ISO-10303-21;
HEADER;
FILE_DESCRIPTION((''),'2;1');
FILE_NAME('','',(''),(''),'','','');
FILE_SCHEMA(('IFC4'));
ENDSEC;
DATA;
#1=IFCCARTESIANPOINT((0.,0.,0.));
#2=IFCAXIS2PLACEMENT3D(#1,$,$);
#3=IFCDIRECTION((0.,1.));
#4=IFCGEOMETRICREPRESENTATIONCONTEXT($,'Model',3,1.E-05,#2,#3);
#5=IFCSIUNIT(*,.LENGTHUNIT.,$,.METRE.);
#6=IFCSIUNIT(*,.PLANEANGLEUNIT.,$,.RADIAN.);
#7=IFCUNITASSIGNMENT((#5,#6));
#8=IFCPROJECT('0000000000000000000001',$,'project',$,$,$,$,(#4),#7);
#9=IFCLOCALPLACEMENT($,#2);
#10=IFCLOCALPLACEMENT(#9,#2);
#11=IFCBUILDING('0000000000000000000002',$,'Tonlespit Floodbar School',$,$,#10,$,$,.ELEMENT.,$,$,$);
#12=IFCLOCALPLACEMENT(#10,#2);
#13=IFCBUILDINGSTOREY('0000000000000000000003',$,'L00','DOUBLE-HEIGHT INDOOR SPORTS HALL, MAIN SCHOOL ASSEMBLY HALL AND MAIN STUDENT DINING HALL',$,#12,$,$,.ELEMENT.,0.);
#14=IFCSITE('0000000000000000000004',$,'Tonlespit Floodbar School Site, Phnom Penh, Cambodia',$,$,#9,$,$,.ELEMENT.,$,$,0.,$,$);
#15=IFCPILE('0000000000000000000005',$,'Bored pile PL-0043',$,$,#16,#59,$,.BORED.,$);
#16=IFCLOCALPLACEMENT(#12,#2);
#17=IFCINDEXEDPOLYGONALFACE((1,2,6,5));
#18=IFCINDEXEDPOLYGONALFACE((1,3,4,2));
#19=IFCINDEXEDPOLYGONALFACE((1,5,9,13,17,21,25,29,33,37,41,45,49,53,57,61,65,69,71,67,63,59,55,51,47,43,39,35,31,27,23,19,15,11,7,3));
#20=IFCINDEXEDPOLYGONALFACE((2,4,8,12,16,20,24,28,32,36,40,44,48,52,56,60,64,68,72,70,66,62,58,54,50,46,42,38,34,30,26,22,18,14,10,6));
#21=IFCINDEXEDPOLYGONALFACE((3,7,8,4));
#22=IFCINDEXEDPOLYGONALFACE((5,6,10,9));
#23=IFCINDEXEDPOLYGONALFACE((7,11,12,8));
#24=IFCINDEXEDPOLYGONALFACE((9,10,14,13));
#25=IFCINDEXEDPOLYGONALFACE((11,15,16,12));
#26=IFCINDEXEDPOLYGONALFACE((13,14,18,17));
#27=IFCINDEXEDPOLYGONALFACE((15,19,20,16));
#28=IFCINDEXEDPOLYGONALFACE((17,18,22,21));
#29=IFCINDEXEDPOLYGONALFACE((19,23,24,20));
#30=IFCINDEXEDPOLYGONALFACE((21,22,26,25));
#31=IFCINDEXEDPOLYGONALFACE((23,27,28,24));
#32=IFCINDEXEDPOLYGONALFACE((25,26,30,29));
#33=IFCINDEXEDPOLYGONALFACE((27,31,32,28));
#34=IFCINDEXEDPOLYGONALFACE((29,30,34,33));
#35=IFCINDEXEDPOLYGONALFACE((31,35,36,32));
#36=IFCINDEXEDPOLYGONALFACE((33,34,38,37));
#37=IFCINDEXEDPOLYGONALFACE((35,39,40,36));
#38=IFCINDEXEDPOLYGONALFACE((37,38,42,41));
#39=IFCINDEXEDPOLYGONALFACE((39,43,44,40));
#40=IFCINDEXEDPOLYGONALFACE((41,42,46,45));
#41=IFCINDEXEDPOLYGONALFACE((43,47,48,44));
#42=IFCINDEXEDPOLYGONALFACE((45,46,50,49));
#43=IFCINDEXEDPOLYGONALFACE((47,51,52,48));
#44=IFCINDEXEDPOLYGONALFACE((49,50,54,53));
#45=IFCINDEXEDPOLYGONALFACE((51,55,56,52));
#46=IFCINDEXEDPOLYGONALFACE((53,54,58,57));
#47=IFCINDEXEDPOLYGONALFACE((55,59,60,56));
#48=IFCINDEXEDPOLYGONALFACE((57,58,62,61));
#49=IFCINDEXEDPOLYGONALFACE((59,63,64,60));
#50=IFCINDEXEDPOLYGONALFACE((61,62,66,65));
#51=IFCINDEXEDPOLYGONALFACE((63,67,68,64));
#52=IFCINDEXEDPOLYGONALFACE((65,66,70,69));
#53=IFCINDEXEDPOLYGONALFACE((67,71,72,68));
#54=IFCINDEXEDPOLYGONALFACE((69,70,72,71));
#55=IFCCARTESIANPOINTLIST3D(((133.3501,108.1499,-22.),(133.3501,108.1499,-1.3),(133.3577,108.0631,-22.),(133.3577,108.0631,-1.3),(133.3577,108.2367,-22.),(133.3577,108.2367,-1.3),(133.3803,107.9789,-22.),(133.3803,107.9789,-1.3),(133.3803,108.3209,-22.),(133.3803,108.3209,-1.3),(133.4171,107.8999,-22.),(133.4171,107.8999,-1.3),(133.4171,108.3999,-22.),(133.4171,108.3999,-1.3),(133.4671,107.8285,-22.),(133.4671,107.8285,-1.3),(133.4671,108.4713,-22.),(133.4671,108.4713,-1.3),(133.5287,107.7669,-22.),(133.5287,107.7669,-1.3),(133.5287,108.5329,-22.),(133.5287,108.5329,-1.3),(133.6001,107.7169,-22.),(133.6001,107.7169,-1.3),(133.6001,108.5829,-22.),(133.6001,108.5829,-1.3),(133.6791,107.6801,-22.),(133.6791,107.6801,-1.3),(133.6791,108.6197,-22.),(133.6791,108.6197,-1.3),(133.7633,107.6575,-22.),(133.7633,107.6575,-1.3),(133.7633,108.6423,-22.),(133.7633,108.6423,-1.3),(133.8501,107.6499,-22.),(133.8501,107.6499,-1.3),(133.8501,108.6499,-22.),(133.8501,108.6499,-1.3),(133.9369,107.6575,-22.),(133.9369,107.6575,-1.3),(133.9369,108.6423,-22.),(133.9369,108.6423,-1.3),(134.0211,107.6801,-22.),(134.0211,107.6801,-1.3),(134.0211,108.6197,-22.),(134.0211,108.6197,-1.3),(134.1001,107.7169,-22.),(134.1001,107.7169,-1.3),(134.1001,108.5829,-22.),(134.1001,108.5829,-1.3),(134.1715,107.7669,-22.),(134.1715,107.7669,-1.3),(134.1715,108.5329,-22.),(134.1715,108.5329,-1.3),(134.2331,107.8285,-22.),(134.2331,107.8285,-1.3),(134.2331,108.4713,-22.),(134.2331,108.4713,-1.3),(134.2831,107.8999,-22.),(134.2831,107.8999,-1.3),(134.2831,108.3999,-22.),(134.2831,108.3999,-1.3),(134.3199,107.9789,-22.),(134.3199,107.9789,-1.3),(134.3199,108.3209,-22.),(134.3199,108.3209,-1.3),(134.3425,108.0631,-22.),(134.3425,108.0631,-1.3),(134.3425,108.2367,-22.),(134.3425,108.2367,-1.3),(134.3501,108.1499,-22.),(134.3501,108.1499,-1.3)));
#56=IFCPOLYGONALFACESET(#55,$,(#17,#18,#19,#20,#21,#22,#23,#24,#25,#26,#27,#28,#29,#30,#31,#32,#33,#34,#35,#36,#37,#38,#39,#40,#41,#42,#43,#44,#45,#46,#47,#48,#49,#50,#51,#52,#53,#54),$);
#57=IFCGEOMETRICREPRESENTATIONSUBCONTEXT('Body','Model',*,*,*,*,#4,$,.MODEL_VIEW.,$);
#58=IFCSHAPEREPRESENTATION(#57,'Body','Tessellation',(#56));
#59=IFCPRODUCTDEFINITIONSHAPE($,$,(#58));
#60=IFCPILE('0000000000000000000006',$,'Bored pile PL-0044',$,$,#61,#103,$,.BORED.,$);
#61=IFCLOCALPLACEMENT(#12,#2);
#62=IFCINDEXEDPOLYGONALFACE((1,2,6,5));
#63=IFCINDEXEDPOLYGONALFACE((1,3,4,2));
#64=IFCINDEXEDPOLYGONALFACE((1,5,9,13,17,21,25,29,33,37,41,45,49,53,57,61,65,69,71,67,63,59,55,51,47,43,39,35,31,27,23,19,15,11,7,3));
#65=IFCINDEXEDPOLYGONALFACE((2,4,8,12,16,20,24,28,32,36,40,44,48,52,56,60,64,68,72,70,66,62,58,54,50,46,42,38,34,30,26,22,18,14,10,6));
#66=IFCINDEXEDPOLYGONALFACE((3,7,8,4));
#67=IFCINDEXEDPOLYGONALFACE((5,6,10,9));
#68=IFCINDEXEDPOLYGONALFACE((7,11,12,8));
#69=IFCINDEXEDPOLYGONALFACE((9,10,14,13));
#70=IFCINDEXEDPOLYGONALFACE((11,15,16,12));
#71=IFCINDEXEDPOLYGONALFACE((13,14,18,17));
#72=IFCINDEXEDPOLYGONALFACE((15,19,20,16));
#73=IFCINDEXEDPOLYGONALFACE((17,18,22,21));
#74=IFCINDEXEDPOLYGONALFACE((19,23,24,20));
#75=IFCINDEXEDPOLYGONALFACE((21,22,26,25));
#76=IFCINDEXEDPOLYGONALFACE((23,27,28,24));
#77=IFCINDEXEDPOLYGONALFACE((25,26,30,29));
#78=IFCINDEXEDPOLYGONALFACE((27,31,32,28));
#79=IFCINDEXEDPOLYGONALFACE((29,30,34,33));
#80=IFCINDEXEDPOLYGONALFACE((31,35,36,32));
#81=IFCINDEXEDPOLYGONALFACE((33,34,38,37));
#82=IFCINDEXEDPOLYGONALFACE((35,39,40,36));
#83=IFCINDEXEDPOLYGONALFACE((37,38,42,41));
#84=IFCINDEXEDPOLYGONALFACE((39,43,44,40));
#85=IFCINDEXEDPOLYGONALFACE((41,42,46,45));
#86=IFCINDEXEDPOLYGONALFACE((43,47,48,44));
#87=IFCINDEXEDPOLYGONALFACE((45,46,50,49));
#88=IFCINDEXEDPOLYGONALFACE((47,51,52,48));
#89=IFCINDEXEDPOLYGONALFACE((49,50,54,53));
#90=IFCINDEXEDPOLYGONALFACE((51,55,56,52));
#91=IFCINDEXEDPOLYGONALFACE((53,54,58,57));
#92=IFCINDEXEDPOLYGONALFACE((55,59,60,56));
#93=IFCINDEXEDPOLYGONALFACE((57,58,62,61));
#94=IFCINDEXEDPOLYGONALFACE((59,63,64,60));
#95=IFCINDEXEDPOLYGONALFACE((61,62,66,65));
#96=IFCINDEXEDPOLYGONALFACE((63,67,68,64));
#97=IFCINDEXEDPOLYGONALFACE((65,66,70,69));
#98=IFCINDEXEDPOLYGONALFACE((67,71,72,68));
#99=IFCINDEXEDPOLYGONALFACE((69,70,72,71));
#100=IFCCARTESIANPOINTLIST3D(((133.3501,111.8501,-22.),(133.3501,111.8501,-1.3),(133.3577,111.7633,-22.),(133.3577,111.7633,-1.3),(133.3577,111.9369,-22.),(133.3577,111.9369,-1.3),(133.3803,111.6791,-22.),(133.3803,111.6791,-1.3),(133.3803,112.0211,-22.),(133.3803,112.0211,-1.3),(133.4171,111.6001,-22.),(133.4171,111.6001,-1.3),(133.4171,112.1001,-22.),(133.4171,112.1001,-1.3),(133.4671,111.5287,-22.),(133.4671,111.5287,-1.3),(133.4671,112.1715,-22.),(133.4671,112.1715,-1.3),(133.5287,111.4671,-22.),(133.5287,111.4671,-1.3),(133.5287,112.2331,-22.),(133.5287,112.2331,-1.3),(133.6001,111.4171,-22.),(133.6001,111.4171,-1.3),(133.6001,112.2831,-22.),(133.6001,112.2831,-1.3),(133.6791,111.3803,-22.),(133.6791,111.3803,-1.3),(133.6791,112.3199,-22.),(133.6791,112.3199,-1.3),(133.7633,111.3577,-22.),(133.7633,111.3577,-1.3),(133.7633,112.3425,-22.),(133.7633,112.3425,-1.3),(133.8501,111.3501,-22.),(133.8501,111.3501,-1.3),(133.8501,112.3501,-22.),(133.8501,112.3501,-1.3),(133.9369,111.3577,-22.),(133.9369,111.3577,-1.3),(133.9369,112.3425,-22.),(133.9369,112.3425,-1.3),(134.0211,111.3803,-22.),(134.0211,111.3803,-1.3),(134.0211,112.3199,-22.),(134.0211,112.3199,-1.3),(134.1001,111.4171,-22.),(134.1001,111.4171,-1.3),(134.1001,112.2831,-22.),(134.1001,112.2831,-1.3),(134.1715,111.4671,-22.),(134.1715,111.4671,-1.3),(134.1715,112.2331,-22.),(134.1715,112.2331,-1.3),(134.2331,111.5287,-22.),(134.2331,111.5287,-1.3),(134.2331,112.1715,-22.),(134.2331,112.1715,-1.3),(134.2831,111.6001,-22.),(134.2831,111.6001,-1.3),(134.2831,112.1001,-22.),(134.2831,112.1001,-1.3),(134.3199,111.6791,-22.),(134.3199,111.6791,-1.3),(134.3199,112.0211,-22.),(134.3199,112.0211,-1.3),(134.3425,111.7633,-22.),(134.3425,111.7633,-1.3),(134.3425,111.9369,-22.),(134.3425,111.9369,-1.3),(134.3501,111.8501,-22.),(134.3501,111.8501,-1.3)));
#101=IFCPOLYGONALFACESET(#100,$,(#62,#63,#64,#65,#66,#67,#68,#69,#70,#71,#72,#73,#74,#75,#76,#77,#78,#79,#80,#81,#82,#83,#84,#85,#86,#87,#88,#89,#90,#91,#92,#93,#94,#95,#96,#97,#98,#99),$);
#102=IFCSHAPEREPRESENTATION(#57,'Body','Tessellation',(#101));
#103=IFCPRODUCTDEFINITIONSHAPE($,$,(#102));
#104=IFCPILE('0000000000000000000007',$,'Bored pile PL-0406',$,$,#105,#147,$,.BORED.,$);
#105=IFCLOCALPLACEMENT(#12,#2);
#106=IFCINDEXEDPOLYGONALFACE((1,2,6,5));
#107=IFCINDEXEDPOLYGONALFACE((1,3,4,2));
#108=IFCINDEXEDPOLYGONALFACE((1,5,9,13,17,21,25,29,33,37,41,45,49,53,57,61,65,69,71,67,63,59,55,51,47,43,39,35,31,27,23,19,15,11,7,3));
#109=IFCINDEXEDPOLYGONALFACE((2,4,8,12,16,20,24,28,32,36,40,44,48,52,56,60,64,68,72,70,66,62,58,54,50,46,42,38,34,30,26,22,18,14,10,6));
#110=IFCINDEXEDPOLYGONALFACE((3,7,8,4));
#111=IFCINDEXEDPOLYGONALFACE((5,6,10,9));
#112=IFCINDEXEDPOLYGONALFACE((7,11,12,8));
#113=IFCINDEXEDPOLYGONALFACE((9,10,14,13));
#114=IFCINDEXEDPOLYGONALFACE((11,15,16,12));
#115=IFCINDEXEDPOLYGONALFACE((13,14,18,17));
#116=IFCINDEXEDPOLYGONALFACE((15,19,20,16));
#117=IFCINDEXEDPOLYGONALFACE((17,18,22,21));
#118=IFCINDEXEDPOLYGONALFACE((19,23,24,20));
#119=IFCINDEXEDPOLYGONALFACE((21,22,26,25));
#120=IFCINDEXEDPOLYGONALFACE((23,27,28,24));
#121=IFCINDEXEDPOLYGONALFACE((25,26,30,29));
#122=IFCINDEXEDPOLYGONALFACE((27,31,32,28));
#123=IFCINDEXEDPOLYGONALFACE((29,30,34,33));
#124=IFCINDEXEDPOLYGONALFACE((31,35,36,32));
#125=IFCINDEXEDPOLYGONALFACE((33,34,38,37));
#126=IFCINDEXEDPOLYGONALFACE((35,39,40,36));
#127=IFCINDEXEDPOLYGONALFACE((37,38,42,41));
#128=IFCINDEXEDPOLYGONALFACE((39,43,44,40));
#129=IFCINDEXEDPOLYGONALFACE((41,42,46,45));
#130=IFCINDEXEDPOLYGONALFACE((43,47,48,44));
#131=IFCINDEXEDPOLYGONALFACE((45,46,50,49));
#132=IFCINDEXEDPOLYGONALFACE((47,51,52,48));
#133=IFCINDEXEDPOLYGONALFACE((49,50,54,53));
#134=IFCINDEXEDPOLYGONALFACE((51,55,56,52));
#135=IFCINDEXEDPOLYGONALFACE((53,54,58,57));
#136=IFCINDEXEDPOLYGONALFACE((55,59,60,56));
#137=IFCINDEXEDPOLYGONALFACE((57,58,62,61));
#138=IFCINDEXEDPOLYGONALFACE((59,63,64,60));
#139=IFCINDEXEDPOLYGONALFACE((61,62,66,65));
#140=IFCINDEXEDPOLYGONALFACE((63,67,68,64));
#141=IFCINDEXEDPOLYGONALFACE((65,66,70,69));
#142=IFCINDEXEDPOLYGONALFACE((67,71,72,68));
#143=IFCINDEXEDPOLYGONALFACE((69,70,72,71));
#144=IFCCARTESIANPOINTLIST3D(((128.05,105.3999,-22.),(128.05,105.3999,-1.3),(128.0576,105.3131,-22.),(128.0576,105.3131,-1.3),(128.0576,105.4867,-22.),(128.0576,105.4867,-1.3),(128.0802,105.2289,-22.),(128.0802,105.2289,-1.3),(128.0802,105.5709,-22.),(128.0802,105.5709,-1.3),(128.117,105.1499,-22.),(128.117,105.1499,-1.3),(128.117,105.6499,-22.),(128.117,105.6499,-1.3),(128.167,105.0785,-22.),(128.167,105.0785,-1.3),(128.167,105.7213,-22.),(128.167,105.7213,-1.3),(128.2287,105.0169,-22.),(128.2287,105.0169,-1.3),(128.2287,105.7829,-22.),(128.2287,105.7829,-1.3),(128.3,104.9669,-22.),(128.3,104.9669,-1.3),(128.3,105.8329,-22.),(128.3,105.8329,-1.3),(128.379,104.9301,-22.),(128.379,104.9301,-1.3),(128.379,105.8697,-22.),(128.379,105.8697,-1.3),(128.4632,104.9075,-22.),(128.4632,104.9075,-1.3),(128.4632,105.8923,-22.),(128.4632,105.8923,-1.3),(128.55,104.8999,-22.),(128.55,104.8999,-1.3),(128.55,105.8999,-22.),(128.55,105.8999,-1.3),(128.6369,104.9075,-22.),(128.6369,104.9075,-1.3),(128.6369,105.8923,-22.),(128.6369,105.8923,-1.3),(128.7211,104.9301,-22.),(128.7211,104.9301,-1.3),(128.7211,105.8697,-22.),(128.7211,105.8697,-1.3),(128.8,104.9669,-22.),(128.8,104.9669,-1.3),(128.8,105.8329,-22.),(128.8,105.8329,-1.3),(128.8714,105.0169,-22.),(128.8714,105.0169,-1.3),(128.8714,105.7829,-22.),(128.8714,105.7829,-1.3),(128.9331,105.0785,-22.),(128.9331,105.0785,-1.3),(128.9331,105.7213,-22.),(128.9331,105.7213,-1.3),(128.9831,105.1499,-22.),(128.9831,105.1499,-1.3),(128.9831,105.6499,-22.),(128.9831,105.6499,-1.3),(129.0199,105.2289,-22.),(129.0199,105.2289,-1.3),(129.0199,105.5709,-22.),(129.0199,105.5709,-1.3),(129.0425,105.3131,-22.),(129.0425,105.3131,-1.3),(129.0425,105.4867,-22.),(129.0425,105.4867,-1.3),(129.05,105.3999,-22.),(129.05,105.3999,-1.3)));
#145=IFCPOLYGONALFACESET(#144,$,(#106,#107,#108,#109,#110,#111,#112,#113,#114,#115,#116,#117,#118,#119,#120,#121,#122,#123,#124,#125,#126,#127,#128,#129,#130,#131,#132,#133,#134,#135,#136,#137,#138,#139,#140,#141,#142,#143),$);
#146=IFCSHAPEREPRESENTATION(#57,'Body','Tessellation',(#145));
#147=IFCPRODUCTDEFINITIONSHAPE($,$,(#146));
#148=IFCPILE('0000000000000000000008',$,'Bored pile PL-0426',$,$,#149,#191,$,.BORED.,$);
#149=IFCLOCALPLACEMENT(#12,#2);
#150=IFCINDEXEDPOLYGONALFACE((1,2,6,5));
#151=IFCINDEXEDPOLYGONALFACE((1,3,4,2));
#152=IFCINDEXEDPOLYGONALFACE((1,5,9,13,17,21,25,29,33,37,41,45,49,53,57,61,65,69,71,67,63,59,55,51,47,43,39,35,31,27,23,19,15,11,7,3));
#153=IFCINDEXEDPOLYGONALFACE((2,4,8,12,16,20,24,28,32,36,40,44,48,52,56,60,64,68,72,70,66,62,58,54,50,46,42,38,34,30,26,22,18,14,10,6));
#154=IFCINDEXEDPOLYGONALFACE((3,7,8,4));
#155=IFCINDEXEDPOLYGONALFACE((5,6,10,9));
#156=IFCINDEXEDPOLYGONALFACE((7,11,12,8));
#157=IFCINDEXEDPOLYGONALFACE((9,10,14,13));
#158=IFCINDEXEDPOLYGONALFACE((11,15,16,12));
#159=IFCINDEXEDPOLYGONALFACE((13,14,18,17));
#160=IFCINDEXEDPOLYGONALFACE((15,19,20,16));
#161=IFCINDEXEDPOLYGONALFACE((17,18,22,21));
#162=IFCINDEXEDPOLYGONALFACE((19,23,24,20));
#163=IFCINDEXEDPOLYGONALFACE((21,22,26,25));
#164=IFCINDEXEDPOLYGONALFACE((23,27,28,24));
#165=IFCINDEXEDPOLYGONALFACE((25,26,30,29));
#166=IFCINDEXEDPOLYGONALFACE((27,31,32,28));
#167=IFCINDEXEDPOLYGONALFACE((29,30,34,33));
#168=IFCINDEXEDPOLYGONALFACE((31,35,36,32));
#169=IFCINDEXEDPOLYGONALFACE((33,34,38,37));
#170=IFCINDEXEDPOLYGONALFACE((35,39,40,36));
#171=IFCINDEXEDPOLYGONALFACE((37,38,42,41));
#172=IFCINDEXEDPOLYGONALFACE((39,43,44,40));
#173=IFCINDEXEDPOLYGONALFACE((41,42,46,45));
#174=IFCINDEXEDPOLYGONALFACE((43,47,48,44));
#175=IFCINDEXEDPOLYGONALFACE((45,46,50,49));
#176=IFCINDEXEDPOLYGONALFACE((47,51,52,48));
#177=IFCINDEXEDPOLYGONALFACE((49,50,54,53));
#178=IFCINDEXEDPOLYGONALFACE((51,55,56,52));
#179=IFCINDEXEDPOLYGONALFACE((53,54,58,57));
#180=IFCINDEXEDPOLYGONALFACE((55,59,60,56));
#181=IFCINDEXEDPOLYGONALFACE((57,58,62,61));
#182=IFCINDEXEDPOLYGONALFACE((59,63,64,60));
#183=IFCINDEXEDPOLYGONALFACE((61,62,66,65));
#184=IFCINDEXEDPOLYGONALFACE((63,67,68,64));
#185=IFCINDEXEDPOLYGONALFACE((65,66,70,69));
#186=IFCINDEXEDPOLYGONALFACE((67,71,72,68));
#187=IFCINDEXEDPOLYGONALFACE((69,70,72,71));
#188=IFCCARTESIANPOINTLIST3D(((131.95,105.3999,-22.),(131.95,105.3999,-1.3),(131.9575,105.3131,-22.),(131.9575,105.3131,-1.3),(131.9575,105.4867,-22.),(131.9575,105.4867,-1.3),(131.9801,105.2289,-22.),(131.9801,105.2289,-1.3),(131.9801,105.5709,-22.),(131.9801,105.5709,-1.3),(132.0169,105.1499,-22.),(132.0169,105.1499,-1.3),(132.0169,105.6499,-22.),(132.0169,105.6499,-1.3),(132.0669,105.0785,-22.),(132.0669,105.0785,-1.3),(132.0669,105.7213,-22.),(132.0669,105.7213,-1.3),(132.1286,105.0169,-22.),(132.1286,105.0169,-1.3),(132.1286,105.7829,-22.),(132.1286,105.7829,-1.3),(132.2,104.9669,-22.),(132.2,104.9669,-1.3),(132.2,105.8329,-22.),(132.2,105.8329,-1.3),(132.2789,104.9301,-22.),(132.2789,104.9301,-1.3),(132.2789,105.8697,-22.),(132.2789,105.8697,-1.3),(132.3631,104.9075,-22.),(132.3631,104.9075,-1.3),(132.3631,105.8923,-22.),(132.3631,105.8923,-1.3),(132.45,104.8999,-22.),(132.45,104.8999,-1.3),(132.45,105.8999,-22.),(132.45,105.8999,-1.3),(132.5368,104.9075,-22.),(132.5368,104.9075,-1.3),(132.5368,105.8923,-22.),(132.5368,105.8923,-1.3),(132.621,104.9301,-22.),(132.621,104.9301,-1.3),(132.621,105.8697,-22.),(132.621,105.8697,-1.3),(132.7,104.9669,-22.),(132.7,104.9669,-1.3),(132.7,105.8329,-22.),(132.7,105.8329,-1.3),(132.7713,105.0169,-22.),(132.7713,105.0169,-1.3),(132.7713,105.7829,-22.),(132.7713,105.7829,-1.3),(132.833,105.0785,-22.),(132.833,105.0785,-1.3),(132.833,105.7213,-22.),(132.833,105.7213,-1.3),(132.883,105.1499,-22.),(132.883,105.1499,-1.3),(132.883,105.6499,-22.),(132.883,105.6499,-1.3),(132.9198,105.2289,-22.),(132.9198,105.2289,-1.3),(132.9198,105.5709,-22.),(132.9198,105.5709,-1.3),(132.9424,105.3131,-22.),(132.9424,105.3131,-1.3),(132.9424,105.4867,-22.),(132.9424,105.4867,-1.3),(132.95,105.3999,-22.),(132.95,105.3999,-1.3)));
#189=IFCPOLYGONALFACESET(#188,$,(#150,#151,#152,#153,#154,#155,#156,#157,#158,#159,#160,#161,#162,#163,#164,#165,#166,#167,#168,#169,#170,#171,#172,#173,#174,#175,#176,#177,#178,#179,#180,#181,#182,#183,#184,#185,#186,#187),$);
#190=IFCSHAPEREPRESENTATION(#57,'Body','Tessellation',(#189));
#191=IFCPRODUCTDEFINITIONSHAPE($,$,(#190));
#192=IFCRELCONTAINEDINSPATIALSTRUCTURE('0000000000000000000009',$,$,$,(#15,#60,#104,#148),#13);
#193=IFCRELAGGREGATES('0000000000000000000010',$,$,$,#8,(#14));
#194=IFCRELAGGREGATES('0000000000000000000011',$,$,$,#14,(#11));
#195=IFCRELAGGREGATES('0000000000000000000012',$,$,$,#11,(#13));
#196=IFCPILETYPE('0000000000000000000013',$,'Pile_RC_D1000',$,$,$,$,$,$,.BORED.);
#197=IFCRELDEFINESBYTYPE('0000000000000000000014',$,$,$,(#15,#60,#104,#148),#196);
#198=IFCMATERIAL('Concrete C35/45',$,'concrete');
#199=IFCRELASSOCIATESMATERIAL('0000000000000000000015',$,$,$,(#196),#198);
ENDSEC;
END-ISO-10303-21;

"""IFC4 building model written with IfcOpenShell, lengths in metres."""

from ifc_helpers import new_model, si_unit, direction, frame, origin, origin_2d, place, context, subcontext, project, spatial, circle, extrude, material, material_profile, profile_set, type_object, element, save


model = new_model("IFC4")

# Units and contexts
model_context = context("Model", 3, precision=1e-05, world=origin(), true_north=direction((0.0, 1.0)))
body_context = subcontext(model_context, "Body", "Model", "MODEL_VIEW")
ifc_project = project(units=[si_unit("LENGTHUNIT", "METRE"), si_unit("PLANEANGLEUNIT", "RADIAN")], contexts=[model_context])

# Site, building, storey
site_placement = place(None, origin())
site = spatial("IfcSite", under=ifc_project, at=site_placement, Name="Tonlespit Floodbar School Site, Phnom Penh, Cambodia", CompositionType="ELEMENT", RefElevation=0.0)
building_placement = place(site_placement, origin())
building = spatial("IfcBuilding", under=site, at=building_placement, Name="Tonlespit Floodbar School", CompositionType="ELEMENT")
storey_placement = place(building_placement, origin())
storey = spatial("IfcBuildingStorey", under=building, at=storey_placement, Name="L00", Description="DOUBLE-HEIGHT INDOOR SPORTS HALL, MAIN SCHOOL ASSEMBLY HALL AND MAIN STUDENT DINING HALL", CompositionType="ELEMENT", Elevation=0.0)

# Piles
ifc_material_1 = material(Name="Concrete C35/45", Category="concrete")
ifc_material_profile_1 = material_profile(ifc_material_1, circle(Radius=0.5, at=origin_2d()), Name="BP D1000")
ifc_profile_set_1 = profile_set([ifc_material_profile_1], Name="Concrete C35/45")
pile_type = type_object("IfcPileType", Name="Pile_RC_D1000", PredefinedType="BORED", material=ifc_profile_set_1)
for number, where, z_axis, x_axis, name in (
    (1, (133.8501, 108.1499, -1.3), (0.0, 0.0, -1.0), (1.0, 0.0, 0.0), "Bored pile PL-0043"),
    (2, (133.8501, 111.8501, -1.3), (0.0, 0.0, -1.0), (1.0, 0.0, 0.0), "Bored pile PL-0044"),
    (3, (128.55, 105.3999, -1.3), (0.0, 0.0, -1.0), (1.0, 0.0, 0.0), "Bored pile PL-0406"),
    (4, (132.45, 105.3999, -1.3), (0.0, 0.0, -1.0), (1.0, 0.0, 0.0), "Bored pile PL-0426"),
):
    element("IfcPile", number, at=place(storey_placement, frame(where, z_axis=z_axis, x_axis=x_axis)), inside=storey, type_object=pile_type, Name=name, PredefinedType="BORED", context=body_context, shape_type="SweptSolid", body=[
        extrude(circle(Radius=0.5, at=origin_2d()), origin(), (0.0, 0.0, 1.0), 20.7),
    ])

save(model, "model.ifc")
